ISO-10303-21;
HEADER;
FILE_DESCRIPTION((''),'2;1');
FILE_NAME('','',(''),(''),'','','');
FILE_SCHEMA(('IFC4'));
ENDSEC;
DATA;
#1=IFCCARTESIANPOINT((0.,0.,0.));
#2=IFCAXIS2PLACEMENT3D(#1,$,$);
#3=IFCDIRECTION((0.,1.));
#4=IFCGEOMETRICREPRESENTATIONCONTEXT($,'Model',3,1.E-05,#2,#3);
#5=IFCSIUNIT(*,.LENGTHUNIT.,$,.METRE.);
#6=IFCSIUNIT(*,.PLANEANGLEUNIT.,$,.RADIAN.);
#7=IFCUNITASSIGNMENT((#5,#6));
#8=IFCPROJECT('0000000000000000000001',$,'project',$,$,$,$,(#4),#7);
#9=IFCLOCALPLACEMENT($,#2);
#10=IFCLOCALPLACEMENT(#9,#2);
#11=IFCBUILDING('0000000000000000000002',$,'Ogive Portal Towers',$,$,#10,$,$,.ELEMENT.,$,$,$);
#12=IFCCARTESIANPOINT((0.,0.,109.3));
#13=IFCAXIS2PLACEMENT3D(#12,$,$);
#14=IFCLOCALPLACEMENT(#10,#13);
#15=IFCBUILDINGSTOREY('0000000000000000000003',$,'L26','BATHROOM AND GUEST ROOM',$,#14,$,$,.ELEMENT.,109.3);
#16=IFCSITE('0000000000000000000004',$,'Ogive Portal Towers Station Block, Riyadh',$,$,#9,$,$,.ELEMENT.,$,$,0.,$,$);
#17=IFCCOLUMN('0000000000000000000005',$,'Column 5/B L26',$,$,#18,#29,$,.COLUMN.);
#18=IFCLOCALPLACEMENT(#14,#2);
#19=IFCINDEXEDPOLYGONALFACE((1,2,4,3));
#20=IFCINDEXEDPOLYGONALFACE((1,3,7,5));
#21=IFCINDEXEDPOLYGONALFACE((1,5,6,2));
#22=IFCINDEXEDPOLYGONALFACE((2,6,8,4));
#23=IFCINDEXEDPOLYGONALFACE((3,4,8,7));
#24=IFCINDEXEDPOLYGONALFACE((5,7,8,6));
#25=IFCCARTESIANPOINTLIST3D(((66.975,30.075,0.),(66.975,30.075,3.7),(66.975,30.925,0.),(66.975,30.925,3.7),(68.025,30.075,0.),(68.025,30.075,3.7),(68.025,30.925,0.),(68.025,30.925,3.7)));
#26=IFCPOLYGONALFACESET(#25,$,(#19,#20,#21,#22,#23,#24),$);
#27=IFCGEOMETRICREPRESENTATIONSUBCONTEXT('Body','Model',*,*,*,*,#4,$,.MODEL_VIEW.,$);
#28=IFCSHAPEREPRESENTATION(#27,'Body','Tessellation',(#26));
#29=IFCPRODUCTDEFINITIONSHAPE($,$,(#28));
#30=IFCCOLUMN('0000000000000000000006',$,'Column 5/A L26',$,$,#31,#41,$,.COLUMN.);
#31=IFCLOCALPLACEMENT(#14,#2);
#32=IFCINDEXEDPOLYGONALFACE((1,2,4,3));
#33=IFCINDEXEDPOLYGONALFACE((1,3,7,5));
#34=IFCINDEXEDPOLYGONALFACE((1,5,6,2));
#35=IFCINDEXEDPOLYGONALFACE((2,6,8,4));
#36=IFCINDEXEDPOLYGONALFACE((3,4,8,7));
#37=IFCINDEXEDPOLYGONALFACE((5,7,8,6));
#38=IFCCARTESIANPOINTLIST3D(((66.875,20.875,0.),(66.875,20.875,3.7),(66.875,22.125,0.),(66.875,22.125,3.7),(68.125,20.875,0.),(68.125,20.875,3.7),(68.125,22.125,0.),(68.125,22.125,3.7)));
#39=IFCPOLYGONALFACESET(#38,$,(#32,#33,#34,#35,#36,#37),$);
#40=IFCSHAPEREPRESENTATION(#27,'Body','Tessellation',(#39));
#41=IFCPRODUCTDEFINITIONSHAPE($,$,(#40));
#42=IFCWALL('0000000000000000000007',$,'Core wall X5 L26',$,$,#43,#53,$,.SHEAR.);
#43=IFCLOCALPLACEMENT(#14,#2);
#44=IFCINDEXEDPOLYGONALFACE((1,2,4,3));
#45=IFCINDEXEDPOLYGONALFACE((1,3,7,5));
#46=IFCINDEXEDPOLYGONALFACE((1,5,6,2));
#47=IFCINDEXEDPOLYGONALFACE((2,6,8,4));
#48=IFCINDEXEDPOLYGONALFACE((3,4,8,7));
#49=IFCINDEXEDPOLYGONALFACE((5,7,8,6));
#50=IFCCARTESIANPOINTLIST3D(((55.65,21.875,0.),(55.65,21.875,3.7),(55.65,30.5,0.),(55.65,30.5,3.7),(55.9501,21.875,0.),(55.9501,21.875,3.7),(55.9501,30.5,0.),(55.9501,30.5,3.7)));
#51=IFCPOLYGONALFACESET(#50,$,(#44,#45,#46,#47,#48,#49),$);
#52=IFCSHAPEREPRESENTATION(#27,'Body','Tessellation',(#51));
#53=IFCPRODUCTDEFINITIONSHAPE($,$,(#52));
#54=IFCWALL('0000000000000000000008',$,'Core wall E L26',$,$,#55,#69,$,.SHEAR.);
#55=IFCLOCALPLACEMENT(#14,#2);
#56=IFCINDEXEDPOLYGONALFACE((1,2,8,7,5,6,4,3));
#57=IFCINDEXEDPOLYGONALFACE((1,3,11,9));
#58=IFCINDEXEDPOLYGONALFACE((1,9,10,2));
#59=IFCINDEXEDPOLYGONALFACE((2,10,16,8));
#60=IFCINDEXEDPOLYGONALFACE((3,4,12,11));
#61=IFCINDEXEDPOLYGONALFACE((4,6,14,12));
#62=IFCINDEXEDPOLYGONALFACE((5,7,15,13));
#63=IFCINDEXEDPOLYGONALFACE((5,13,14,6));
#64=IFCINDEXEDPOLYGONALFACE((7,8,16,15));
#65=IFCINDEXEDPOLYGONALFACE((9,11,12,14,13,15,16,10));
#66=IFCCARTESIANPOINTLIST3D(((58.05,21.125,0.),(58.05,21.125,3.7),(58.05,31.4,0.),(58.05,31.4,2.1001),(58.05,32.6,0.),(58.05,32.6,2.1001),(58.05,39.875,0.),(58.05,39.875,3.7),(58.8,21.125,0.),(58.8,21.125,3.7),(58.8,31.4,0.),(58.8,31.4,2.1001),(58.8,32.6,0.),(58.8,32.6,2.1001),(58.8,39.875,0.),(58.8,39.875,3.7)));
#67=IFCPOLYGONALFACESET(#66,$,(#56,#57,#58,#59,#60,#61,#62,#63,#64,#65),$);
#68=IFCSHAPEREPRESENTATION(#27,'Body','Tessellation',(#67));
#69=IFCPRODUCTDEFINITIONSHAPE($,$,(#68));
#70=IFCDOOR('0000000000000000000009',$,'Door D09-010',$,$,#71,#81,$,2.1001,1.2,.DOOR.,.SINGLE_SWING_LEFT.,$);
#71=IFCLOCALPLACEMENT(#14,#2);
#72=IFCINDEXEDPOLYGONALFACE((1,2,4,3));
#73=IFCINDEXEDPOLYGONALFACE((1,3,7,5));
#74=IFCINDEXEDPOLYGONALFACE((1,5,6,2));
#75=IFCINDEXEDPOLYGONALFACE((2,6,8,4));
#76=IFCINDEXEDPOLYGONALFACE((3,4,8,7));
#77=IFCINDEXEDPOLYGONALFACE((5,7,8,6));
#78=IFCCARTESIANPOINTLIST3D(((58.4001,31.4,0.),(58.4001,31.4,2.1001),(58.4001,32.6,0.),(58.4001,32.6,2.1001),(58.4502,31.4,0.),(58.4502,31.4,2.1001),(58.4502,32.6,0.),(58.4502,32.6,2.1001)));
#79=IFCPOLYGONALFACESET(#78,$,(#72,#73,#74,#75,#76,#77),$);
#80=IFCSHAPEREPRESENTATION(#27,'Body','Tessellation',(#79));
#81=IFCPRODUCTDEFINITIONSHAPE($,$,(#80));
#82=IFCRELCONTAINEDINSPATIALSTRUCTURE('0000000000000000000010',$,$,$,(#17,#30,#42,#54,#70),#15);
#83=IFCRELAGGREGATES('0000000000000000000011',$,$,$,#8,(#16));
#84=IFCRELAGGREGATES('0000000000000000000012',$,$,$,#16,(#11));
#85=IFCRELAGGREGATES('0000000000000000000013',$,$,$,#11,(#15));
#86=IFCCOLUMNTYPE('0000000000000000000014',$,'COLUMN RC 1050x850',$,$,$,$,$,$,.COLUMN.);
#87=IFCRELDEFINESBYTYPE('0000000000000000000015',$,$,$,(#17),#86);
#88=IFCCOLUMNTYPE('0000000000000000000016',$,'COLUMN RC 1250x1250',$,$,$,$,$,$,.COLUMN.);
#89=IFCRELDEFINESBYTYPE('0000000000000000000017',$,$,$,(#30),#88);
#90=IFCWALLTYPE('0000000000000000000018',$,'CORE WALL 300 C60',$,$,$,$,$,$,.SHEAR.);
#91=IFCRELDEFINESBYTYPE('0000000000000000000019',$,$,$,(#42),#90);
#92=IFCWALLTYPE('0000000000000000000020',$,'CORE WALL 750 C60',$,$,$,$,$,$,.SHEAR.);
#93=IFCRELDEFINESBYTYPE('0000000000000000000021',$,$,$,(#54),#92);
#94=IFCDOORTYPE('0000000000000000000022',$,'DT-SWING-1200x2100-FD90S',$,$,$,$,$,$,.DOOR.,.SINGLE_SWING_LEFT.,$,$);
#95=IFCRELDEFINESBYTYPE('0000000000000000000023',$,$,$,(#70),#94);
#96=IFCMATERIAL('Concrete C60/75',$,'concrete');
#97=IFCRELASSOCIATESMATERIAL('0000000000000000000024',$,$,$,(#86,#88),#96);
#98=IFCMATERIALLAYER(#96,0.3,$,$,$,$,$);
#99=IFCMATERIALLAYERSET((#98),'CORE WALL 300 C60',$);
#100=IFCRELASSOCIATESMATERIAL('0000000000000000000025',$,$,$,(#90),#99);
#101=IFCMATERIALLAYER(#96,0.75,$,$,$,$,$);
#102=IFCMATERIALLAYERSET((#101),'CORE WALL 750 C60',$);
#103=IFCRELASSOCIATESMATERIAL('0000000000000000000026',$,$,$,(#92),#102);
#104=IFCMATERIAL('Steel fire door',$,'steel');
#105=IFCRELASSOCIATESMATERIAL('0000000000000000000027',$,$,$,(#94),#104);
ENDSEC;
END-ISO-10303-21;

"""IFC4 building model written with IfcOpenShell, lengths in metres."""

from ifc_helpers import new_model, si_unit, direction, frame, frame_2d, origin, origin_2d, place, context, subcontext, project, spatial, rectangle, extrude, material, layer, layer_set, material_profile, profile_set, type_object, element, fill, save


model = new_model("IFC4")

# Units and contexts
model_context = context("Model", 3, precision=1e-05, world=origin(), true_north=direction((0.0, 1.0)))
body_context = subcontext(model_context, "Body", "Model", "MODEL_VIEW")
ifc_project = project(units=[si_unit("LENGTHUNIT", "METRE"), si_unit("PLANEANGLEUNIT", "RADIAN")], contexts=[model_context])

# Site, building, storey
site_placement = place(None, origin())
site = spatial("IfcSite", under=ifc_project, at=site_placement, Name="Ogive Portal Towers Station Block, Riyadh", CompositionType="ELEMENT", RefElevation=0.0)
building_placement = place(site_placement, origin())
building = spatial("IfcBuilding", under=site, at=building_placement, Name="Ogive Portal Towers", CompositionType="ELEMENT")
storey_placement = place(building_placement, frame((0.0, 0.0, 109.3)))
storey = spatial("IfcBuildingStorey", under=building, at=storey_placement, Name="L26", Description="BATHROOM AND GUEST ROOM", CompositionType="ELEMENT", Elevation=109.3)

# Columns
ifc_material_1 = material(Name="Concrete C60/75", Category="concrete")
ifc_material_profile_1 = material_profile(ifc_material_1, rectangle(XDim=1.05, YDim=0.8501, at=origin_2d()), Name="RC 1050x850")
ifc_profile_set_1 = profile_set([ifc_material_profile_1], Name="Concrete C60/75")
column_type_1 = type_object("IfcColumnType", Name="COLUMN RC 1050x850", PredefinedType="COLUMN", material=ifc_profile_set_1)
column_1_placement = place(storey_placement, frame((67.5, 30.5, 0.0), z_axis=(0.0, 0.0, 1.0), x_axis=(1.0, 0.0, 0.0)))
element("IfcColumn", 1, at=column_1_placement, inside=storey, type_object=column_type_1, Name="Column 5/B L26", PredefinedType="COLUMN", context=body_context, shape_type="SweptSolid", body=[
    extrude(rectangle(XDim=1.05, YDim=0.8501, at=origin_2d()), origin(), (0.0, 0.0, 1.0), 3.7),
])
ifc_material_profile_2 = material_profile(ifc_material_1, rectangle(XDim=1.25, YDim=1.25, at=origin_2d()), Name="RC 1250x1250")
ifc_profile_set_2 = profile_set([ifc_material_profile_2], Name="Concrete C60/75")
column_type_2 = type_object("IfcColumnType", Name="COLUMN RC 1250x1250", PredefinedType="COLUMN", material=ifc_profile_set_2)
column_2_placement = place(storey_placement, frame((67.5, 21.5, 0.0), z_axis=(0.0, 0.0, 1.0), x_axis=(1.0, 0.0, 0.0)))
element("IfcColumn", 2, at=column_2_placement, inside=storey, type_object=column_type_2, Name="Column 5/A L26", PredefinedType="COLUMN", context=body_context, shape_type="SweptSolid", body=[
    extrude(rectangle(XDim=1.25, YDim=1.25, at=origin_2d()), origin(), (0.0, 0.0, 1.0), 3.7),
])

# Wall
ifc_layer_1 = layer(ifc_material_1, 0.3)
ifc_layer_set_1 = layer_set([ifc_layer_1], Name="CORE WALL 300 C60")
wall_type_1 = type_object("IfcWallType", Name="CORE WALL 300 C60", PredefinedType="SHEAR", material=ifc_layer_set_1)
wall_1_placement = place(storey_placement, frame((55.8, 21.875, 0.0), z_axis=(0.0, 0.0, 1.0), x_axis=(0.0, 1.0, 0.0)))
element("IfcWall", 3, at=wall_1_placement, inside=storey, type_object=wall_type_1, Name="Core wall X5 L26", PredefinedType="SHEAR", context=body_context, shape_type="SweptSolid", body=[
    extrude(rectangle(XDim=8.625, YDim=0.3, at=frame_2d((4.3125, 0.0))), origin(), (0.0, 0.0, 1.0), 3.7),
])

# Wall, opening, door
ifc_layer_2 = layer(ifc_material_1, 0.75)
ifc_layer_set_2 = layer_set([ifc_layer_2], Name="CORE WALL 750 C60")
wall_type_2 = type_object("IfcWallType", Name="CORE WALL 750 C60", PredefinedType="SHEAR", material=ifc_layer_set_2)
wall_2_placement = place(storey_placement, frame((58.425, 21.125, 0.0), z_axis=(0.0, 0.0, 1.0), x_axis=(0.0, 1.0, 0.0)))
wall_2 = element("IfcWall", 4, at=wall_2_placement, inside=storey, type_object=wall_type_2, Name="Core wall E L26", PredefinedType="SHEAR", context=body_context, shape_type="SweptSolid", body=[
    extrude(rectangle(XDim=18.75, YDim=0.75, at=frame_2d((9.375, 0.0))), origin(), (0.0, 0.0, 1.0), 3.7),
])
opening_1_placement = place(wall_2_placement, frame((10.2749, 0.0, 0.0)))
opening_1 = element("IfcOpeningElement", 5, at=opening_1_placement, cuts=wall_2, PredefinedType="OPENING", context=body_context, shape_type="SweptSolid", body=[
    extrude(rectangle(XDim=1.2, YDim=2.1001, at=frame_2d((0.6001, 1.05))), frame((0.0, 0.385, 0.0), z_axis=(0.0, -1.0, 0.0), x_axis=(1.0, 0.0, 0.0)), (0.0, 0.0, 1.0), 0.77),
])
ifc_material_2 = material(Name="Steel fire door", Category="steel")
door_type_1 = type_object("IfcDoorType", Name="DT-SWING-1200x2100-FD90S", OperationType="SINGLE_SWING_LEFT", PredefinedType="DOOR", material=ifc_material_2)
door_1_placement = place(opening_1_placement, origin())
door_1 = element("IfcDoor", 6, at=door_1_placement, inside=storey, type_object=door_type_1, Name="Door D09-010", OperationType="SINGLE_SWING_LEFT", OverallHeight=2.1001, OverallWidth=1.2, PredefinedType="DOOR", context=body_context, shape_type="SweptSolid", body=[
    extrude(rectangle(XDim=1.2, YDim=2.1001, at=frame_2d((0.6001, 1.05))), frame((0.0, 0.0249, 0.0), z_axis=(0.0, -1.0, 0.0), x_axis=(1.0, 0.0, 0.0)), (0.0, 0.0, 1.0), 0.05),
])
fill(opening_1, door_1)

save(model, "model.ifc")
